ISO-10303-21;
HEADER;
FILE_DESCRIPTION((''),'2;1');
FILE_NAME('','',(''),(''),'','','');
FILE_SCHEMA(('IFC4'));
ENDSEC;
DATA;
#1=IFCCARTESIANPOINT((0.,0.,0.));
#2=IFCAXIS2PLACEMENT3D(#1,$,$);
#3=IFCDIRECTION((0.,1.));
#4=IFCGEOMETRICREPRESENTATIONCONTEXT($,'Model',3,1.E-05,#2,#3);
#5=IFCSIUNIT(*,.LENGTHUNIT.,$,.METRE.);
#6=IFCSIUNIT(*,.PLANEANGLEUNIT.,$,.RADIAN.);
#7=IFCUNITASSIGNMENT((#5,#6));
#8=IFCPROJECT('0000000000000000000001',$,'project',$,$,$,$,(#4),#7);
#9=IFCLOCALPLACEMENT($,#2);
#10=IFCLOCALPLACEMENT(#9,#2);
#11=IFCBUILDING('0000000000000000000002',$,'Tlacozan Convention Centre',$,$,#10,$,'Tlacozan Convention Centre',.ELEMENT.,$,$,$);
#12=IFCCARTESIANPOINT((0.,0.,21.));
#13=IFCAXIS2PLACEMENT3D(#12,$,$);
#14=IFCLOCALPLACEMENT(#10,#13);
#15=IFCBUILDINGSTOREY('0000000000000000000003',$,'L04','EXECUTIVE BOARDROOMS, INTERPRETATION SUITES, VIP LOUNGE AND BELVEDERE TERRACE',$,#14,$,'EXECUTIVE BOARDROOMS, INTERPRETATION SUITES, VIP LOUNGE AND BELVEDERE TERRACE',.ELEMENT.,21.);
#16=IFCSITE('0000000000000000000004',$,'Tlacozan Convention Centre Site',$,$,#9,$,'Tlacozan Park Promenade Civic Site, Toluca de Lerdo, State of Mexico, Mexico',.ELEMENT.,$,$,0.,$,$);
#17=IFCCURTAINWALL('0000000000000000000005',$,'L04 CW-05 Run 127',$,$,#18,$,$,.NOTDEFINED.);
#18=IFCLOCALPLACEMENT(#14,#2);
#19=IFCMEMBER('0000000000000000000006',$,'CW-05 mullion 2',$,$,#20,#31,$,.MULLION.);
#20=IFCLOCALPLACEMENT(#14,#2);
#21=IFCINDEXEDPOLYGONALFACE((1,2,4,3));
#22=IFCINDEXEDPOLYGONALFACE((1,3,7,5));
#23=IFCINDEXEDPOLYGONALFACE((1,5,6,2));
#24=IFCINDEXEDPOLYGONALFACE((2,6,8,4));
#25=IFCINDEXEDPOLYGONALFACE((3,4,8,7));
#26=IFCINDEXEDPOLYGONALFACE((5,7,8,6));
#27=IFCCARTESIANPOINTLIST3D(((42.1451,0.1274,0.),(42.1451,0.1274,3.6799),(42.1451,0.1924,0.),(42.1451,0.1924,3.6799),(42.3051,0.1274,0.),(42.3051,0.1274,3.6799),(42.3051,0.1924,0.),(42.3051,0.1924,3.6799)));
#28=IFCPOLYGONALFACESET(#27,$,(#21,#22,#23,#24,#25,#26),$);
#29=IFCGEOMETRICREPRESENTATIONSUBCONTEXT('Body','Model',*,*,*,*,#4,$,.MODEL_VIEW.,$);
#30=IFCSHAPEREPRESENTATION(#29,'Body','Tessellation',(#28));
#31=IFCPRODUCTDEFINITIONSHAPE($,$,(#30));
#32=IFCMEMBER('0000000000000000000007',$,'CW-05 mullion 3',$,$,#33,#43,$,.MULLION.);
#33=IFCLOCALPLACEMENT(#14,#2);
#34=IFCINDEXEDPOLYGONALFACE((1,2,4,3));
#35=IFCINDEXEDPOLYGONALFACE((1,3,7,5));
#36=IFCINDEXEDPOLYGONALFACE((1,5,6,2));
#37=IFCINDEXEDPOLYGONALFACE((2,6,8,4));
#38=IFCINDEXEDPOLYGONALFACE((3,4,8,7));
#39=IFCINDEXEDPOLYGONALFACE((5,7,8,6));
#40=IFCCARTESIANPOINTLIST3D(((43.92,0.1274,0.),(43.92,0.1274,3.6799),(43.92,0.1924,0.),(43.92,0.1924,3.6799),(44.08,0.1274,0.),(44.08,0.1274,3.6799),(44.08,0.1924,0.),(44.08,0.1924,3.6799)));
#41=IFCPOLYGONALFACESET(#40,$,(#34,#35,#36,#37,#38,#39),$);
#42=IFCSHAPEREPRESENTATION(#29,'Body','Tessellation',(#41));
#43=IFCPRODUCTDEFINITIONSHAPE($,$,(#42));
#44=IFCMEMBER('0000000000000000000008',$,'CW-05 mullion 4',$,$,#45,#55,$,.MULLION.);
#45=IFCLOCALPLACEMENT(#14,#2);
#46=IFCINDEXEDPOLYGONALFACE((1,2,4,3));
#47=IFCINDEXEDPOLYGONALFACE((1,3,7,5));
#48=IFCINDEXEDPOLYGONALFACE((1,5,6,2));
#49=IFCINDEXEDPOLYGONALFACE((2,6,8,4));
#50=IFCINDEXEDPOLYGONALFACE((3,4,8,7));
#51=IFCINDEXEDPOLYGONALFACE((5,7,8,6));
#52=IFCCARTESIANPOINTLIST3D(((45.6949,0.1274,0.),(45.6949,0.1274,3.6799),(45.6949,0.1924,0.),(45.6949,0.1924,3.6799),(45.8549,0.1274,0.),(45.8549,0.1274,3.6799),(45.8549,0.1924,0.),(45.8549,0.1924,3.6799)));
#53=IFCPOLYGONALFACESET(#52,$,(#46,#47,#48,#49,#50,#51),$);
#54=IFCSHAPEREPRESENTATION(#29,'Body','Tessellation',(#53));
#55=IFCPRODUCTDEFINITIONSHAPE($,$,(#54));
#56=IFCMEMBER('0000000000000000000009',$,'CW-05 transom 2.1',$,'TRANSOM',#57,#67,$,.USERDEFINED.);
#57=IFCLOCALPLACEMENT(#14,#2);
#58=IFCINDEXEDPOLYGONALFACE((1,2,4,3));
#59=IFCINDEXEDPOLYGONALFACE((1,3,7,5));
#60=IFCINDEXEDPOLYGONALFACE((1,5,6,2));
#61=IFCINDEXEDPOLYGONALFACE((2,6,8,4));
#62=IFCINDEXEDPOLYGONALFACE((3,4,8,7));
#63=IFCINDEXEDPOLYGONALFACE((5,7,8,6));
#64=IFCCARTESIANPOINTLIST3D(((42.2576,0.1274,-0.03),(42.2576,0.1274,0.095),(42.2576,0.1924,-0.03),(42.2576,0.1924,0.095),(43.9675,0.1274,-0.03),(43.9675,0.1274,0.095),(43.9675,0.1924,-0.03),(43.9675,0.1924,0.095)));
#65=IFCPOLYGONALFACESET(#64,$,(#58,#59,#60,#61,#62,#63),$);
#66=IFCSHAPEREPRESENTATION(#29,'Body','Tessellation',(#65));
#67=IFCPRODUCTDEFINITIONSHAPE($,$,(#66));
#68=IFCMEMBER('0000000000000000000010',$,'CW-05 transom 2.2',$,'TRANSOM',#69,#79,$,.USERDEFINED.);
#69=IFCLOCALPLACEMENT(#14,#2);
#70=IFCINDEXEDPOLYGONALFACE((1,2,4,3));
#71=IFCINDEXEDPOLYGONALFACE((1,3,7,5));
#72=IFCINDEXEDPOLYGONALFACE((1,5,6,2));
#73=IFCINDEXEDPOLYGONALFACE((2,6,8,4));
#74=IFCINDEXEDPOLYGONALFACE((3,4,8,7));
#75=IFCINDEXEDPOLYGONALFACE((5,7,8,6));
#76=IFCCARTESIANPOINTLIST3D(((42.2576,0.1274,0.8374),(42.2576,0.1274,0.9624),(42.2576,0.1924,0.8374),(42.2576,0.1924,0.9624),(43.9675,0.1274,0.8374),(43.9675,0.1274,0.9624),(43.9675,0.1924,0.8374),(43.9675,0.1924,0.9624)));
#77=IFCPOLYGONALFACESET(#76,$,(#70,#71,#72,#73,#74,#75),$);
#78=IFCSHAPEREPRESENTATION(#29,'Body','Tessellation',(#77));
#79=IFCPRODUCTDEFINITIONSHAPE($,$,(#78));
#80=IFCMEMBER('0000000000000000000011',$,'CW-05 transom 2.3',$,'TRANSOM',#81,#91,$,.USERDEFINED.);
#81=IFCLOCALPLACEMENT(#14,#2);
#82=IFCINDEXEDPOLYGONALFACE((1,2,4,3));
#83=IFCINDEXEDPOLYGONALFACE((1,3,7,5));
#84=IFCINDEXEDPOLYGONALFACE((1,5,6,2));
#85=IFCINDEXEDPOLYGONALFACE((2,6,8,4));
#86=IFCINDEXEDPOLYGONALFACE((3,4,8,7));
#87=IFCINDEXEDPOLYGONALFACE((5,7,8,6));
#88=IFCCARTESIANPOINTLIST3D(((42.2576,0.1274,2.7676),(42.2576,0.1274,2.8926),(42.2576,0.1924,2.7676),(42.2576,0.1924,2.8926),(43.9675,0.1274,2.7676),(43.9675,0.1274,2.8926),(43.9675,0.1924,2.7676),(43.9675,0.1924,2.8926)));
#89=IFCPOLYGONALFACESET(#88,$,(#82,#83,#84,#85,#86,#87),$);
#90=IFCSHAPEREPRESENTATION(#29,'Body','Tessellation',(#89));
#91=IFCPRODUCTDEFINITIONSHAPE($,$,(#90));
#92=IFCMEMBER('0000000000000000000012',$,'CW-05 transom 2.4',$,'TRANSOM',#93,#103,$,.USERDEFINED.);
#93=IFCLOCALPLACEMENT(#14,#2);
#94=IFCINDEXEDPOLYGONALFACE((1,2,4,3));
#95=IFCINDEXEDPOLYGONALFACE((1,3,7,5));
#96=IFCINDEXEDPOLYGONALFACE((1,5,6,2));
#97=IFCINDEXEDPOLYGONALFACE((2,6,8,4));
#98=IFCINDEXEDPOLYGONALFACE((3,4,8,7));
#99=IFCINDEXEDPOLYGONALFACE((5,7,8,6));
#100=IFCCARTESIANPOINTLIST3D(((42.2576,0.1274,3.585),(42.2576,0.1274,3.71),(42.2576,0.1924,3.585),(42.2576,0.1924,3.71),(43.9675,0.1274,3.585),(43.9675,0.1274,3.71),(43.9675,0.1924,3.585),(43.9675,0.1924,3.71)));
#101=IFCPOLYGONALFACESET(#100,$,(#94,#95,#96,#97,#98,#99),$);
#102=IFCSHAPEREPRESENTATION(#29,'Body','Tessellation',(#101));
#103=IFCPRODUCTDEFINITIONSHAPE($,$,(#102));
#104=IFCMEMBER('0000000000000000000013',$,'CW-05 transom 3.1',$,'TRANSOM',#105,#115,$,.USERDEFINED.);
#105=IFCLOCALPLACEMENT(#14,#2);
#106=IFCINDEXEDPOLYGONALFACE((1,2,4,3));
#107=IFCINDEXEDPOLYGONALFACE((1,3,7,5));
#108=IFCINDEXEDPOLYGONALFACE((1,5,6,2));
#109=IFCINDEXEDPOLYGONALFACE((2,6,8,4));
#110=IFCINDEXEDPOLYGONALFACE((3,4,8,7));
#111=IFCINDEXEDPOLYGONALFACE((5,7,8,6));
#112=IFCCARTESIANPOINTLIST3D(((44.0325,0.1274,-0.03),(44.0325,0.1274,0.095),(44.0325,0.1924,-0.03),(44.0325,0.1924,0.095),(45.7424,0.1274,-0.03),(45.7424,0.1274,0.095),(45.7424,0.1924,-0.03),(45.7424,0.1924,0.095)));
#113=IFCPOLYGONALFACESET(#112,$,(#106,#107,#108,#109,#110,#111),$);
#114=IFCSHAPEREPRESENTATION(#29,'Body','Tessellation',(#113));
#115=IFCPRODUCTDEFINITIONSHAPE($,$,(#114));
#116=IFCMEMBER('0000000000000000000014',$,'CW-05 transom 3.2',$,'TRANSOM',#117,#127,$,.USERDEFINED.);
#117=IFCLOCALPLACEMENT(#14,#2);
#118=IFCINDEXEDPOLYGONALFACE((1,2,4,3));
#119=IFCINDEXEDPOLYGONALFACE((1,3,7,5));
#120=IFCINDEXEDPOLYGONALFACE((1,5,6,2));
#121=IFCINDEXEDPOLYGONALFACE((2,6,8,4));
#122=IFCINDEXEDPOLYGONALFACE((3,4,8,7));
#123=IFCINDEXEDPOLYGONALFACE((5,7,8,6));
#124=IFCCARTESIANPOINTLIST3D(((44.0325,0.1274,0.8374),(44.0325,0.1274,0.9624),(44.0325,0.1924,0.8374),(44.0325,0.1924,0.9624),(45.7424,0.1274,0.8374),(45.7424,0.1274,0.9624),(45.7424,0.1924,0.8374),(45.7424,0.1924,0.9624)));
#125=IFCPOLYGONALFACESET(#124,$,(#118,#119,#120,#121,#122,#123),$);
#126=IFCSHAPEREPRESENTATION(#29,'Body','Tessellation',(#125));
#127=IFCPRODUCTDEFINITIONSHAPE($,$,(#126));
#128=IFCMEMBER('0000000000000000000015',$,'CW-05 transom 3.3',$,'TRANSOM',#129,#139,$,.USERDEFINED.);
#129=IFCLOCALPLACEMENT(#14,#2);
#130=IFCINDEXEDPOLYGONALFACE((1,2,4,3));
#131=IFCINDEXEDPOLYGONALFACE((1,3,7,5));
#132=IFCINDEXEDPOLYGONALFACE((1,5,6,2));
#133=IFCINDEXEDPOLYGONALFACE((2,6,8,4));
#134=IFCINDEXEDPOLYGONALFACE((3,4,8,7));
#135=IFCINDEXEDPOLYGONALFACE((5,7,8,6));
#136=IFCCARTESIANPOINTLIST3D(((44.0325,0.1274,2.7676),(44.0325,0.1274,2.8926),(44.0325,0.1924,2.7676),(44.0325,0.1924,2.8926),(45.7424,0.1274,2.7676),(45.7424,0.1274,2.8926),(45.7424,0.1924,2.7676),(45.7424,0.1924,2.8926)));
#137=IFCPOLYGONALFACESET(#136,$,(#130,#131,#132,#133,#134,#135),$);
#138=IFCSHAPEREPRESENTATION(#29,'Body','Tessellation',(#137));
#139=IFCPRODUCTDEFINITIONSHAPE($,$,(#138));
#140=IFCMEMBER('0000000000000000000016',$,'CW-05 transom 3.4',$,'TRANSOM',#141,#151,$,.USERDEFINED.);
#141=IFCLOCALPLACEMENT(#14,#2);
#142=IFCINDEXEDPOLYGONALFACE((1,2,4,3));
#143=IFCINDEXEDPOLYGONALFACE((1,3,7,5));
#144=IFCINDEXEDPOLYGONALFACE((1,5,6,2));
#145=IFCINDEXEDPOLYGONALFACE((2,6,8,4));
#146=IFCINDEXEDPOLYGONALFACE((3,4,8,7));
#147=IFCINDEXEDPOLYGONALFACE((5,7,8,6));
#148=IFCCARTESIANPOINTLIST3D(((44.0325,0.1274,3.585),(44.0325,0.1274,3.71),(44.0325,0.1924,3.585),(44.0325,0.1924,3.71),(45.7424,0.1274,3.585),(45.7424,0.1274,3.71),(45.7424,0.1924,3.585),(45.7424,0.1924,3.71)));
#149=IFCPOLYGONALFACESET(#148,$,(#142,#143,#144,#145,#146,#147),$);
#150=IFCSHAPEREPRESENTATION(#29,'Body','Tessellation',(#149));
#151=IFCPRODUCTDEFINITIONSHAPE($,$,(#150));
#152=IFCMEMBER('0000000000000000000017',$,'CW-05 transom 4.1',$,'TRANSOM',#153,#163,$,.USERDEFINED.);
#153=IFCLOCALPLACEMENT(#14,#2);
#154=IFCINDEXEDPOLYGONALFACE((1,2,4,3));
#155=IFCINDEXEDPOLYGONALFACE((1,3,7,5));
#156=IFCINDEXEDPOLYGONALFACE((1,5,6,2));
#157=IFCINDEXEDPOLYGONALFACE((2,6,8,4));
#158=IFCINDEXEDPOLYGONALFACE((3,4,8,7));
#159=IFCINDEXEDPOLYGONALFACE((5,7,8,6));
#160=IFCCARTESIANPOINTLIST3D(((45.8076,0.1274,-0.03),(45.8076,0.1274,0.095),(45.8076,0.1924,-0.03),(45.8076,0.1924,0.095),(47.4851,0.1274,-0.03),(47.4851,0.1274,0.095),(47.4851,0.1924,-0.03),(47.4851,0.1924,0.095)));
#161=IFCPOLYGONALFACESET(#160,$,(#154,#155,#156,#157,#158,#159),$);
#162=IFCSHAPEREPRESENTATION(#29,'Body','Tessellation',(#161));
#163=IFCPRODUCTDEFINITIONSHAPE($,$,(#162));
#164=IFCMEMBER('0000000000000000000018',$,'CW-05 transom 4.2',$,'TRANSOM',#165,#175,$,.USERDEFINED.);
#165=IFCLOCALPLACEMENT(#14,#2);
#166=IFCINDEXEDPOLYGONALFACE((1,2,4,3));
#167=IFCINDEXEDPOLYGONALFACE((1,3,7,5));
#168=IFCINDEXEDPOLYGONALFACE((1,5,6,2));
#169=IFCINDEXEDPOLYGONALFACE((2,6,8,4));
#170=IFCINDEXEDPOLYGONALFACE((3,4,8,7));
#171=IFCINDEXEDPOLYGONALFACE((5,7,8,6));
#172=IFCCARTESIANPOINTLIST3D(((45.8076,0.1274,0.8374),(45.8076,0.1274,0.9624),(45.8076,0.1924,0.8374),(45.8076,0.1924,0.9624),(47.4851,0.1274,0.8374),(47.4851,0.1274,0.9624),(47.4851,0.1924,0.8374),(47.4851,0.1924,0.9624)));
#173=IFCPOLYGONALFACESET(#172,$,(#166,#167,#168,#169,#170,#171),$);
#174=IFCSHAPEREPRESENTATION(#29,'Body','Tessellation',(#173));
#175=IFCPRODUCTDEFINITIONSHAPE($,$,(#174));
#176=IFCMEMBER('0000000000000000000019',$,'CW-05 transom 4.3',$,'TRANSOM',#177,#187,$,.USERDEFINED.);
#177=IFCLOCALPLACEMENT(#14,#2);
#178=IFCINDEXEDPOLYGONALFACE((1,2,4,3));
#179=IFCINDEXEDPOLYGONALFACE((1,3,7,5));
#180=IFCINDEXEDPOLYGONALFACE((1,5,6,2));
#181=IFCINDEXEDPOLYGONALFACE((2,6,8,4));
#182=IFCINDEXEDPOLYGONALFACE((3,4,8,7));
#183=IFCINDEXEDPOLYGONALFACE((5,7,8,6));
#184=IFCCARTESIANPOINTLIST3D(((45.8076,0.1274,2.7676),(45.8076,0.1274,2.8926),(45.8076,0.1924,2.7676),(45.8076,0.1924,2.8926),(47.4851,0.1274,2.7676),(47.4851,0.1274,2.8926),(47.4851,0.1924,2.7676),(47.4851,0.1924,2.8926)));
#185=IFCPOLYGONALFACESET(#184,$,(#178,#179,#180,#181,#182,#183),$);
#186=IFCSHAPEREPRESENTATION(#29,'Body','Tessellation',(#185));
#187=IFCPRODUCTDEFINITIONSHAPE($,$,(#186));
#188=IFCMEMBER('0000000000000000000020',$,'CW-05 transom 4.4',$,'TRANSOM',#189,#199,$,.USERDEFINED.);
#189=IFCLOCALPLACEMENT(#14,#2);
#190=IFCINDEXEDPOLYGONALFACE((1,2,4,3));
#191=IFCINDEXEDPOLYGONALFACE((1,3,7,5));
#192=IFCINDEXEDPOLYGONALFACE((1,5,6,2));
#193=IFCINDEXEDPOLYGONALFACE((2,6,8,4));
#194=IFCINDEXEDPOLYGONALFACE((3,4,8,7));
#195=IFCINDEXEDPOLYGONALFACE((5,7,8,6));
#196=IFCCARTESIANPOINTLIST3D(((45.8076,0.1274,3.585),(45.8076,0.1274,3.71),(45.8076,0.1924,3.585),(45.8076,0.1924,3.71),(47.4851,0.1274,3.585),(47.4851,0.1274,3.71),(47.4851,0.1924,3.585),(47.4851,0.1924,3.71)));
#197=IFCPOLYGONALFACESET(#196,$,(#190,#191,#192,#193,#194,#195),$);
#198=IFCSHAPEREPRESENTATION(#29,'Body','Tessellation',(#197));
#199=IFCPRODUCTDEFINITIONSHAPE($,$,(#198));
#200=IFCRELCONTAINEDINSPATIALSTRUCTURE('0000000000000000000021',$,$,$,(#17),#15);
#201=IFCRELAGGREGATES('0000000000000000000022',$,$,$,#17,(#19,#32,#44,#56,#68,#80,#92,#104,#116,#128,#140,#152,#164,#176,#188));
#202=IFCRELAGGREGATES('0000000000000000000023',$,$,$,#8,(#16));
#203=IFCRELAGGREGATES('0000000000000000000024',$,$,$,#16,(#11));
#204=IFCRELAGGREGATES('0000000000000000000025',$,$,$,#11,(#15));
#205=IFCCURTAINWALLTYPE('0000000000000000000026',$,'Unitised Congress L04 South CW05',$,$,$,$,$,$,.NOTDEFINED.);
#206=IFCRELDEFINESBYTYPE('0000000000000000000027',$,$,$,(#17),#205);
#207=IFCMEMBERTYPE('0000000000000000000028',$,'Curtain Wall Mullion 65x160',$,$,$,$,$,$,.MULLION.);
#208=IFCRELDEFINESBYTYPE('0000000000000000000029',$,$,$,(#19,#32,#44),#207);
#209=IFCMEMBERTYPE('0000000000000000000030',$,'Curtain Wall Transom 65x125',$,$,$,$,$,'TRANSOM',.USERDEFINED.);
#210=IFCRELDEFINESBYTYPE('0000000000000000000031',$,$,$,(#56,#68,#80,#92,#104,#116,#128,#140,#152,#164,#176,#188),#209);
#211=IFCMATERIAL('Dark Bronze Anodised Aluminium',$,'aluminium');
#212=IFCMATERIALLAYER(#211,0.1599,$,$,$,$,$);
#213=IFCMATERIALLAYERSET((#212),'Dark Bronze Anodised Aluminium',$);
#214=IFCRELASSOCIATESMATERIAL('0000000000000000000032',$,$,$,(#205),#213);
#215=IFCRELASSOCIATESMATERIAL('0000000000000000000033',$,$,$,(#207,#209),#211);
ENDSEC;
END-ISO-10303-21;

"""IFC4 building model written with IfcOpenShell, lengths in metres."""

from ifc_helpers import new_model, si_unit, direction, frame, origin, origin_2d, place, context, subcontext, project, spatial, rectangle, extrude, material, layer, layer_set, material_profile, profile_set, type_object, element, aggregate, save


model = new_model("IFC4")

# Units and contexts
model_context = context("Model", 3, precision=1e-05, world=origin(), true_north=direction((0.0, 1.0)))
body_context = subcontext(model_context, "Body", "Model", "MODEL_VIEW")
ifc_project = project(units=[si_unit("LENGTHUNIT", "METRE"), si_unit("PLANEANGLEUNIT", "RADIAN")], contexts=[model_context])

# Site, building, storey
site_placement = place(None, origin())
site = spatial("IfcSite", under=ifc_project, at=site_placement, Name="Tlacozan Convention Centre Site", LongName="Tlacozan Park Promenade Civic Site, Toluca de Lerdo, State of Mexico, Mexico", CompositionType="ELEMENT", RefElevation=0.0)
building_placement = place(site_placement, origin())
building = spatial("IfcBuilding", under=site, at=building_placement, Name="Tlacozan Convention Centre", LongName="Tlacozan Convention Centre", CompositionType="ELEMENT")
storey_placement = place(building_placement, frame((0.0, 0.0, 21.0)))
storey = spatial("IfcBuildingStorey", under=building, at=storey_placement, Name="L04", Description="EXECUTIVE BOARDROOMS, INTERPRETATION SUITES, VIP LOUNGE AND BELVEDERE TERRACE", LongName="EXECUTIVE BOARDROOMS, INTERPRETATION SUITES, VIP LOUNGE AND BELVEDERE TERRACE", CompositionType="ELEMENT", Elevation=21.0)

# Curtain wall, members
ifc_material_1 = material(Name="Dark Bronze Anodised Aluminium", Category="aluminium")
ifc_layer_1 = layer(ifc_material_1, 0.1599)
ifc_layer_set_1 = layer_set([ifc_layer_1], Name="Dark Bronze Anodised Aluminium")
curtain_wall_type = type_object("IfcCurtainWallType", Name="Unitised Congress L04 South CW05", PredefinedType="NOTDEFINED", material=ifc_layer_set_1)
curtain_wall_placement = place(storey_placement, origin())
curtain_wall = element("IfcCurtainWall", 1, at=curtain_wall_placement, inside=storey, type_object=curtain_wall_type, Name="L04 CW-05 Run 127", PredefinedType="NOTDEFINED")
ifc_material_profile_1 = material_profile(ifc_material_1, rectangle(XDim=0.0649, YDim=0.1599, at=origin_2d()), Name="ALU 65x160")
ifc_profile_set_1 = profile_set([ifc_material_profile_1], Name="Dark Bronze Anodised Aluminium")
member_type_1 = type_object("IfcMemberType", Name="Curtain Wall Mullion 65x160", PredefinedType="MULLION", material=ifc_profile_set_1)
member_1_placement = place(storey_placement, frame((42.2251, 0.1599, 0.0), z_axis=(0.0, 0.0, 1.0), x_axis=(0.0, 1.0, 0.0)))
member_1 = element("IfcMember", 2, at=member_1_placement, type_object=member_type_1, Name="CW-05 mullion 2", PredefinedType="MULLION", context=body_context, shape_type="SweptSolid", body=[
    extrude(rectangle(XDim=0.0649, YDim=0.1599, at=origin_2d()), origin(), (0.0, 0.0, 1.0), 3.6799),
])
member_2_placement = place(storey_placement, frame((44.0, 0.1599, 0.0), z_axis=(0.0, 0.0, 1.0), x_axis=(0.0, 1.0, 0.0)))
member_2 = element("IfcMember", 3, at=member_2_placement, type_object=member_type_1, Name="CW-05 mullion 3", PredefinedType="MULLION", context=body_context, shape_type="SweptSolid", body=[
    extrude(rectangle(XDim=0.0649, YDim=0.1599, at=origin_2d()), origin(), (0.0, 0.0, 1.0), 3.6799),
])
member_3_placement = place(storey_placement, frame((45.7749, 0.1599, 0.0), z_axis=(0.0, 0.0, 1.0), x_axis=(0.0, 1.0, 0.0)))
member_3 = element("IfcMember", 4, at=member_3_placement, type_object=member_type_1, Name="CW-05 mullion 4", PredefinedType="MULLION", context=body_context, shape_type="SweptSolid", body=[
    extrude(rectangle(XDim=0.0649, YDim=0.1599, at=origin_2d()), origin(), (0.0, 0.0, 1.0), 3.6799),
])
ifc_material_profile_2 = material_profile(ifc_material_1, rectangle(XDim=0.0649, YDim=0.125, at=origin_2d()), Name="ALU 65x125")
ifc_profile_set_2 = profile_set([ifc_material_profile_2], Name="Dark Bronze Anodised Aluminium")
member_type_2 = type_object("IfcMemberType", Name="Curtain Wall Transom 65x125", ElementType="TRANSOM", PredefinedType="USERDEFINED", material=ifc_profile_set_2)
member_4_placement = place(storey_placement, frame((42.2576, 0.1599, 0.0325), z_axis=(1.0, 0.0, 0.0), x_axis=(0.0, 1.0, 0.0)))
member_4 = element("IfcMember", 5, at=member_4_placement, type_object=member_type_2, Name="CW-05 transom 2.1", ObjectType="TRANSOM", PredefinedType="USERDEFINED", context=body_context, shape_type="SweptSolid", body=[
    extrude(rectangle(XDim=0.0649, YDim=0.125, at=origin_2d()), origin(), (0.0, 0.0, 1.0), 1.71),
])
member_5_placement = place(storey_placement, frame((42.2576, 0.1599, 0.8999), z_axis=(1.0, 0.0, 0.0), x_axis=(0.0, 1.0, 0.0)))
member_5 = element("IfcMember", 6, at=member_5_placement, type_object=member_type_2, Name="CW-05 transom 2.2", ObjectType="TRANSOM", PredefinedType="USERDEFINED", context=body_context, shape_type="SweptSolid", body=[
    extrude(rectangle(XDim=0.0649, YDim=0.125, at=origin_2d()), origin(), (0.0, 0.0, 1.0), 1.71),
])
member_6_placement = place(storey_placement, frame((42.2576, 0.1599, 2.8301), z_axis=(1.0, 0.0, 0.0), x_axis=(0.0, 1.0, 0.0)))
member_6 = element("IfcMember", 7, at=member_6_placement, type_object=member_type_2, Name="CW-05 transom 2.3", ObjectType="TRANSOM", PredefinedType="USERDEFINED", context=body_context, shape_type="SweptSolid", body=[
    extrude(rectangle(XDim=0.0649, YDim=0.125, at=origin_2d()), origin(), (0.0, 0.0, 1.0), 1.71),
])
member_7_placement = place(storey_placement, frame((42.2576, 0.1599, 3.6475), z_axis=(1.0, 0.0, 0.0), x_axis=(0.0, 1.0, 0.0)))
member_7 = element("IfcMember", 8, at=member_7_placement, type_object=member_type_2, Name="CW-05 transom 2.4", ObjectType="TRANSOM", PredefinedType="USERDEFINED", context=body_context, shape_type="SweptSolid", body=[
    extrude(rectangle(XDim=0.0649, YDim=0.125, at=origin_2d()), origin(), (0.0, 0.0, 1.0), 1.71),
])
member_8_placement = place(storey_placement, frame((44.0325, 0.1599, 0.0325), z_axis=(1.0, 0.0, 0.0), x_axis=(0.0, 1.0, 0.0)))
member_8 = element("IfcMember", 9, at=member_8_placement, type_object=member_type_2, Name="CW-05 transom 3.1", ObjectType="TRANSOM", PredefinedType="USERDEFINED", context=body_context, shape_type="SweptSolid", body=[
    extrude(rectangle(XDim=0.0649, YDim=0.125, at=origin_2d()), origin(), (0.0, 0.0, 1.0), 1.71),
])
member_9_placement = place(storey_placement, frame((44.0325, 0.1599, 0.8999), z_axis=(1.0, 0.0, 0.0), x_axis=(0.0, 1.0, 0.0)))
member_9 = element("IfcMember", 10, at=member_9_placement, type_object=member_type_2, Name="CW-05 transom 3.2", ObjectType="TRANSOM", PredefinedType="USERDEFINED", context=body_context, shape_type="SweptSolid", body=[
    extrude(rectangle(XDim=0.0649, YDim=0.125, at=origin_2d()), origin(), (0.0, 0.0, 1.0), 1.71),
])
member_10_placement = place(storey_placement, frame((44.0325, 0.1599, 2.8301), z_axis=(1.0, 0.0, 0.0), x_axis=(0.0, 1.0, 0.0)))
member_10 = element("IfcMember", 11, at=member_10_placement, type_object=member_type_2, Name="CW-05 transom 3.3", ObjectType="TRANSOM", PredefinedType="USERDEFINED", context=body_context, shape_type="SweptSolid", body=[
    extrude(rectangle(XDim=0.0649, YDim=0.125, at=origin_2d()), origin(), (0.0, 0.0, 1.0), 1.71),
])
member_11_placement = place(storey_placement, frame((44.0325, 0.1599, 3.6475), z_axis=(1.0, 0.0, 0.0), x_axis=(0.0, 1.0, 0.0)))
member_11 = element("IfcMember", 12, at=member_11_placement, type_object=member_type_2, Name="CW-05 transom 3.4", ObjectType="TRANSOM", PredefinedType="USERDEFINED", context=body_context, shape_type="SweptSolid", body=[
    extrude(rectangle(XDim=0.0649, YDim=0.125, at=origin_2d()), origin(), (0.0, 0.0, 1.0), 1.71),
])
member_12_placement = place(storey_placement, frame((45.8076, 0.1599, 0.0325), z_axis=(1.0, 0.0, 0.0), x_axis=(0.0, 1.0, 0.0)))
member_12 = element("IfcMember", 13, at=member_12_placement, type_object=member_type_2, Name="CW-05 transom 4.1", ObjectType="TRANSOM", PredefinedType="USERDEFINED", context=body_context, shape_type="SweptSolid", body=[
    extrude(rectangle(XDim=0.0649, YDim=0.125, at=origin_2d()), origin(), (0.0, 0.0, 1.0), 1.6775),
])
member_13_placement = place(storey_placement, frame((45.8076, 0.1599, 0.8999), z_axis=(1.0, 0.0, 0.0), x_axis=(0.0, 1.0, 0.0)))
member_13 = element("IfcMember", 14, at=member_13_placement, type_object=member_type_2, Name="CW-05 transom 4.2", ObjectType="TRANSOM", PredefinedType="USERDEFINED", context=body_context, shape_type="SweptSolid", body=[
    extrude(rectangle(XDim=0.0649, YDim=0.125, at=origin_2d()), origin(), (0.0, 0.0, 1.0), 1.6775),
])
member_14_placement = place(storey_placement, frame((45.8076, 0.1599, 2.8301), z_axis=(1.0, 0.0, 0.0), x_axis=(0.0, 1.0, 0.0)))
member_14 = element("IfcMember", 15, at=member_14_placement, type_object=member_type_2, Name="CW-05 transom 4.3", ObjectType="TRANSOM", PredefinedType="USERDEFINED", context=body_context, shape_type="SweptSolid", body=[
    extrude(rectangle(XDim=0.0649, YDim=0.125, at=origin_2d()), origin(), (0.0, 0.0, 1.0), 1.6775),
])
member_15_placement = place(storey_placement, frame((45.8076, 0.1599, 3.6475), z_axis=(1.0, 0.0, 0.0), x_axis=(0.0, 1.0, 0.0)))
member_15 = element("IfcMember", 16, at=member_15_placement, type_object=member_type_2, Name="CW-05 transom 4.4", ObjectType="TRANSOM", PredefinedType="USERDEFINED", context=body_context, shape_type="SweptSolid", body=[
    extrude(rectangle(XDim=0.0649, YDim=0.125, at=origin_2d()), origin(), (0.0, 0.0, 1.0), 1.6775),
])
aggregate(curtain_wall, [member_1, member_2, member_3, member_4, member_5, member_6, member_7, member_8, member_9, member_10, member_11, member_12, member_13, member_14, member_15])

save(model, "model.ifc")
